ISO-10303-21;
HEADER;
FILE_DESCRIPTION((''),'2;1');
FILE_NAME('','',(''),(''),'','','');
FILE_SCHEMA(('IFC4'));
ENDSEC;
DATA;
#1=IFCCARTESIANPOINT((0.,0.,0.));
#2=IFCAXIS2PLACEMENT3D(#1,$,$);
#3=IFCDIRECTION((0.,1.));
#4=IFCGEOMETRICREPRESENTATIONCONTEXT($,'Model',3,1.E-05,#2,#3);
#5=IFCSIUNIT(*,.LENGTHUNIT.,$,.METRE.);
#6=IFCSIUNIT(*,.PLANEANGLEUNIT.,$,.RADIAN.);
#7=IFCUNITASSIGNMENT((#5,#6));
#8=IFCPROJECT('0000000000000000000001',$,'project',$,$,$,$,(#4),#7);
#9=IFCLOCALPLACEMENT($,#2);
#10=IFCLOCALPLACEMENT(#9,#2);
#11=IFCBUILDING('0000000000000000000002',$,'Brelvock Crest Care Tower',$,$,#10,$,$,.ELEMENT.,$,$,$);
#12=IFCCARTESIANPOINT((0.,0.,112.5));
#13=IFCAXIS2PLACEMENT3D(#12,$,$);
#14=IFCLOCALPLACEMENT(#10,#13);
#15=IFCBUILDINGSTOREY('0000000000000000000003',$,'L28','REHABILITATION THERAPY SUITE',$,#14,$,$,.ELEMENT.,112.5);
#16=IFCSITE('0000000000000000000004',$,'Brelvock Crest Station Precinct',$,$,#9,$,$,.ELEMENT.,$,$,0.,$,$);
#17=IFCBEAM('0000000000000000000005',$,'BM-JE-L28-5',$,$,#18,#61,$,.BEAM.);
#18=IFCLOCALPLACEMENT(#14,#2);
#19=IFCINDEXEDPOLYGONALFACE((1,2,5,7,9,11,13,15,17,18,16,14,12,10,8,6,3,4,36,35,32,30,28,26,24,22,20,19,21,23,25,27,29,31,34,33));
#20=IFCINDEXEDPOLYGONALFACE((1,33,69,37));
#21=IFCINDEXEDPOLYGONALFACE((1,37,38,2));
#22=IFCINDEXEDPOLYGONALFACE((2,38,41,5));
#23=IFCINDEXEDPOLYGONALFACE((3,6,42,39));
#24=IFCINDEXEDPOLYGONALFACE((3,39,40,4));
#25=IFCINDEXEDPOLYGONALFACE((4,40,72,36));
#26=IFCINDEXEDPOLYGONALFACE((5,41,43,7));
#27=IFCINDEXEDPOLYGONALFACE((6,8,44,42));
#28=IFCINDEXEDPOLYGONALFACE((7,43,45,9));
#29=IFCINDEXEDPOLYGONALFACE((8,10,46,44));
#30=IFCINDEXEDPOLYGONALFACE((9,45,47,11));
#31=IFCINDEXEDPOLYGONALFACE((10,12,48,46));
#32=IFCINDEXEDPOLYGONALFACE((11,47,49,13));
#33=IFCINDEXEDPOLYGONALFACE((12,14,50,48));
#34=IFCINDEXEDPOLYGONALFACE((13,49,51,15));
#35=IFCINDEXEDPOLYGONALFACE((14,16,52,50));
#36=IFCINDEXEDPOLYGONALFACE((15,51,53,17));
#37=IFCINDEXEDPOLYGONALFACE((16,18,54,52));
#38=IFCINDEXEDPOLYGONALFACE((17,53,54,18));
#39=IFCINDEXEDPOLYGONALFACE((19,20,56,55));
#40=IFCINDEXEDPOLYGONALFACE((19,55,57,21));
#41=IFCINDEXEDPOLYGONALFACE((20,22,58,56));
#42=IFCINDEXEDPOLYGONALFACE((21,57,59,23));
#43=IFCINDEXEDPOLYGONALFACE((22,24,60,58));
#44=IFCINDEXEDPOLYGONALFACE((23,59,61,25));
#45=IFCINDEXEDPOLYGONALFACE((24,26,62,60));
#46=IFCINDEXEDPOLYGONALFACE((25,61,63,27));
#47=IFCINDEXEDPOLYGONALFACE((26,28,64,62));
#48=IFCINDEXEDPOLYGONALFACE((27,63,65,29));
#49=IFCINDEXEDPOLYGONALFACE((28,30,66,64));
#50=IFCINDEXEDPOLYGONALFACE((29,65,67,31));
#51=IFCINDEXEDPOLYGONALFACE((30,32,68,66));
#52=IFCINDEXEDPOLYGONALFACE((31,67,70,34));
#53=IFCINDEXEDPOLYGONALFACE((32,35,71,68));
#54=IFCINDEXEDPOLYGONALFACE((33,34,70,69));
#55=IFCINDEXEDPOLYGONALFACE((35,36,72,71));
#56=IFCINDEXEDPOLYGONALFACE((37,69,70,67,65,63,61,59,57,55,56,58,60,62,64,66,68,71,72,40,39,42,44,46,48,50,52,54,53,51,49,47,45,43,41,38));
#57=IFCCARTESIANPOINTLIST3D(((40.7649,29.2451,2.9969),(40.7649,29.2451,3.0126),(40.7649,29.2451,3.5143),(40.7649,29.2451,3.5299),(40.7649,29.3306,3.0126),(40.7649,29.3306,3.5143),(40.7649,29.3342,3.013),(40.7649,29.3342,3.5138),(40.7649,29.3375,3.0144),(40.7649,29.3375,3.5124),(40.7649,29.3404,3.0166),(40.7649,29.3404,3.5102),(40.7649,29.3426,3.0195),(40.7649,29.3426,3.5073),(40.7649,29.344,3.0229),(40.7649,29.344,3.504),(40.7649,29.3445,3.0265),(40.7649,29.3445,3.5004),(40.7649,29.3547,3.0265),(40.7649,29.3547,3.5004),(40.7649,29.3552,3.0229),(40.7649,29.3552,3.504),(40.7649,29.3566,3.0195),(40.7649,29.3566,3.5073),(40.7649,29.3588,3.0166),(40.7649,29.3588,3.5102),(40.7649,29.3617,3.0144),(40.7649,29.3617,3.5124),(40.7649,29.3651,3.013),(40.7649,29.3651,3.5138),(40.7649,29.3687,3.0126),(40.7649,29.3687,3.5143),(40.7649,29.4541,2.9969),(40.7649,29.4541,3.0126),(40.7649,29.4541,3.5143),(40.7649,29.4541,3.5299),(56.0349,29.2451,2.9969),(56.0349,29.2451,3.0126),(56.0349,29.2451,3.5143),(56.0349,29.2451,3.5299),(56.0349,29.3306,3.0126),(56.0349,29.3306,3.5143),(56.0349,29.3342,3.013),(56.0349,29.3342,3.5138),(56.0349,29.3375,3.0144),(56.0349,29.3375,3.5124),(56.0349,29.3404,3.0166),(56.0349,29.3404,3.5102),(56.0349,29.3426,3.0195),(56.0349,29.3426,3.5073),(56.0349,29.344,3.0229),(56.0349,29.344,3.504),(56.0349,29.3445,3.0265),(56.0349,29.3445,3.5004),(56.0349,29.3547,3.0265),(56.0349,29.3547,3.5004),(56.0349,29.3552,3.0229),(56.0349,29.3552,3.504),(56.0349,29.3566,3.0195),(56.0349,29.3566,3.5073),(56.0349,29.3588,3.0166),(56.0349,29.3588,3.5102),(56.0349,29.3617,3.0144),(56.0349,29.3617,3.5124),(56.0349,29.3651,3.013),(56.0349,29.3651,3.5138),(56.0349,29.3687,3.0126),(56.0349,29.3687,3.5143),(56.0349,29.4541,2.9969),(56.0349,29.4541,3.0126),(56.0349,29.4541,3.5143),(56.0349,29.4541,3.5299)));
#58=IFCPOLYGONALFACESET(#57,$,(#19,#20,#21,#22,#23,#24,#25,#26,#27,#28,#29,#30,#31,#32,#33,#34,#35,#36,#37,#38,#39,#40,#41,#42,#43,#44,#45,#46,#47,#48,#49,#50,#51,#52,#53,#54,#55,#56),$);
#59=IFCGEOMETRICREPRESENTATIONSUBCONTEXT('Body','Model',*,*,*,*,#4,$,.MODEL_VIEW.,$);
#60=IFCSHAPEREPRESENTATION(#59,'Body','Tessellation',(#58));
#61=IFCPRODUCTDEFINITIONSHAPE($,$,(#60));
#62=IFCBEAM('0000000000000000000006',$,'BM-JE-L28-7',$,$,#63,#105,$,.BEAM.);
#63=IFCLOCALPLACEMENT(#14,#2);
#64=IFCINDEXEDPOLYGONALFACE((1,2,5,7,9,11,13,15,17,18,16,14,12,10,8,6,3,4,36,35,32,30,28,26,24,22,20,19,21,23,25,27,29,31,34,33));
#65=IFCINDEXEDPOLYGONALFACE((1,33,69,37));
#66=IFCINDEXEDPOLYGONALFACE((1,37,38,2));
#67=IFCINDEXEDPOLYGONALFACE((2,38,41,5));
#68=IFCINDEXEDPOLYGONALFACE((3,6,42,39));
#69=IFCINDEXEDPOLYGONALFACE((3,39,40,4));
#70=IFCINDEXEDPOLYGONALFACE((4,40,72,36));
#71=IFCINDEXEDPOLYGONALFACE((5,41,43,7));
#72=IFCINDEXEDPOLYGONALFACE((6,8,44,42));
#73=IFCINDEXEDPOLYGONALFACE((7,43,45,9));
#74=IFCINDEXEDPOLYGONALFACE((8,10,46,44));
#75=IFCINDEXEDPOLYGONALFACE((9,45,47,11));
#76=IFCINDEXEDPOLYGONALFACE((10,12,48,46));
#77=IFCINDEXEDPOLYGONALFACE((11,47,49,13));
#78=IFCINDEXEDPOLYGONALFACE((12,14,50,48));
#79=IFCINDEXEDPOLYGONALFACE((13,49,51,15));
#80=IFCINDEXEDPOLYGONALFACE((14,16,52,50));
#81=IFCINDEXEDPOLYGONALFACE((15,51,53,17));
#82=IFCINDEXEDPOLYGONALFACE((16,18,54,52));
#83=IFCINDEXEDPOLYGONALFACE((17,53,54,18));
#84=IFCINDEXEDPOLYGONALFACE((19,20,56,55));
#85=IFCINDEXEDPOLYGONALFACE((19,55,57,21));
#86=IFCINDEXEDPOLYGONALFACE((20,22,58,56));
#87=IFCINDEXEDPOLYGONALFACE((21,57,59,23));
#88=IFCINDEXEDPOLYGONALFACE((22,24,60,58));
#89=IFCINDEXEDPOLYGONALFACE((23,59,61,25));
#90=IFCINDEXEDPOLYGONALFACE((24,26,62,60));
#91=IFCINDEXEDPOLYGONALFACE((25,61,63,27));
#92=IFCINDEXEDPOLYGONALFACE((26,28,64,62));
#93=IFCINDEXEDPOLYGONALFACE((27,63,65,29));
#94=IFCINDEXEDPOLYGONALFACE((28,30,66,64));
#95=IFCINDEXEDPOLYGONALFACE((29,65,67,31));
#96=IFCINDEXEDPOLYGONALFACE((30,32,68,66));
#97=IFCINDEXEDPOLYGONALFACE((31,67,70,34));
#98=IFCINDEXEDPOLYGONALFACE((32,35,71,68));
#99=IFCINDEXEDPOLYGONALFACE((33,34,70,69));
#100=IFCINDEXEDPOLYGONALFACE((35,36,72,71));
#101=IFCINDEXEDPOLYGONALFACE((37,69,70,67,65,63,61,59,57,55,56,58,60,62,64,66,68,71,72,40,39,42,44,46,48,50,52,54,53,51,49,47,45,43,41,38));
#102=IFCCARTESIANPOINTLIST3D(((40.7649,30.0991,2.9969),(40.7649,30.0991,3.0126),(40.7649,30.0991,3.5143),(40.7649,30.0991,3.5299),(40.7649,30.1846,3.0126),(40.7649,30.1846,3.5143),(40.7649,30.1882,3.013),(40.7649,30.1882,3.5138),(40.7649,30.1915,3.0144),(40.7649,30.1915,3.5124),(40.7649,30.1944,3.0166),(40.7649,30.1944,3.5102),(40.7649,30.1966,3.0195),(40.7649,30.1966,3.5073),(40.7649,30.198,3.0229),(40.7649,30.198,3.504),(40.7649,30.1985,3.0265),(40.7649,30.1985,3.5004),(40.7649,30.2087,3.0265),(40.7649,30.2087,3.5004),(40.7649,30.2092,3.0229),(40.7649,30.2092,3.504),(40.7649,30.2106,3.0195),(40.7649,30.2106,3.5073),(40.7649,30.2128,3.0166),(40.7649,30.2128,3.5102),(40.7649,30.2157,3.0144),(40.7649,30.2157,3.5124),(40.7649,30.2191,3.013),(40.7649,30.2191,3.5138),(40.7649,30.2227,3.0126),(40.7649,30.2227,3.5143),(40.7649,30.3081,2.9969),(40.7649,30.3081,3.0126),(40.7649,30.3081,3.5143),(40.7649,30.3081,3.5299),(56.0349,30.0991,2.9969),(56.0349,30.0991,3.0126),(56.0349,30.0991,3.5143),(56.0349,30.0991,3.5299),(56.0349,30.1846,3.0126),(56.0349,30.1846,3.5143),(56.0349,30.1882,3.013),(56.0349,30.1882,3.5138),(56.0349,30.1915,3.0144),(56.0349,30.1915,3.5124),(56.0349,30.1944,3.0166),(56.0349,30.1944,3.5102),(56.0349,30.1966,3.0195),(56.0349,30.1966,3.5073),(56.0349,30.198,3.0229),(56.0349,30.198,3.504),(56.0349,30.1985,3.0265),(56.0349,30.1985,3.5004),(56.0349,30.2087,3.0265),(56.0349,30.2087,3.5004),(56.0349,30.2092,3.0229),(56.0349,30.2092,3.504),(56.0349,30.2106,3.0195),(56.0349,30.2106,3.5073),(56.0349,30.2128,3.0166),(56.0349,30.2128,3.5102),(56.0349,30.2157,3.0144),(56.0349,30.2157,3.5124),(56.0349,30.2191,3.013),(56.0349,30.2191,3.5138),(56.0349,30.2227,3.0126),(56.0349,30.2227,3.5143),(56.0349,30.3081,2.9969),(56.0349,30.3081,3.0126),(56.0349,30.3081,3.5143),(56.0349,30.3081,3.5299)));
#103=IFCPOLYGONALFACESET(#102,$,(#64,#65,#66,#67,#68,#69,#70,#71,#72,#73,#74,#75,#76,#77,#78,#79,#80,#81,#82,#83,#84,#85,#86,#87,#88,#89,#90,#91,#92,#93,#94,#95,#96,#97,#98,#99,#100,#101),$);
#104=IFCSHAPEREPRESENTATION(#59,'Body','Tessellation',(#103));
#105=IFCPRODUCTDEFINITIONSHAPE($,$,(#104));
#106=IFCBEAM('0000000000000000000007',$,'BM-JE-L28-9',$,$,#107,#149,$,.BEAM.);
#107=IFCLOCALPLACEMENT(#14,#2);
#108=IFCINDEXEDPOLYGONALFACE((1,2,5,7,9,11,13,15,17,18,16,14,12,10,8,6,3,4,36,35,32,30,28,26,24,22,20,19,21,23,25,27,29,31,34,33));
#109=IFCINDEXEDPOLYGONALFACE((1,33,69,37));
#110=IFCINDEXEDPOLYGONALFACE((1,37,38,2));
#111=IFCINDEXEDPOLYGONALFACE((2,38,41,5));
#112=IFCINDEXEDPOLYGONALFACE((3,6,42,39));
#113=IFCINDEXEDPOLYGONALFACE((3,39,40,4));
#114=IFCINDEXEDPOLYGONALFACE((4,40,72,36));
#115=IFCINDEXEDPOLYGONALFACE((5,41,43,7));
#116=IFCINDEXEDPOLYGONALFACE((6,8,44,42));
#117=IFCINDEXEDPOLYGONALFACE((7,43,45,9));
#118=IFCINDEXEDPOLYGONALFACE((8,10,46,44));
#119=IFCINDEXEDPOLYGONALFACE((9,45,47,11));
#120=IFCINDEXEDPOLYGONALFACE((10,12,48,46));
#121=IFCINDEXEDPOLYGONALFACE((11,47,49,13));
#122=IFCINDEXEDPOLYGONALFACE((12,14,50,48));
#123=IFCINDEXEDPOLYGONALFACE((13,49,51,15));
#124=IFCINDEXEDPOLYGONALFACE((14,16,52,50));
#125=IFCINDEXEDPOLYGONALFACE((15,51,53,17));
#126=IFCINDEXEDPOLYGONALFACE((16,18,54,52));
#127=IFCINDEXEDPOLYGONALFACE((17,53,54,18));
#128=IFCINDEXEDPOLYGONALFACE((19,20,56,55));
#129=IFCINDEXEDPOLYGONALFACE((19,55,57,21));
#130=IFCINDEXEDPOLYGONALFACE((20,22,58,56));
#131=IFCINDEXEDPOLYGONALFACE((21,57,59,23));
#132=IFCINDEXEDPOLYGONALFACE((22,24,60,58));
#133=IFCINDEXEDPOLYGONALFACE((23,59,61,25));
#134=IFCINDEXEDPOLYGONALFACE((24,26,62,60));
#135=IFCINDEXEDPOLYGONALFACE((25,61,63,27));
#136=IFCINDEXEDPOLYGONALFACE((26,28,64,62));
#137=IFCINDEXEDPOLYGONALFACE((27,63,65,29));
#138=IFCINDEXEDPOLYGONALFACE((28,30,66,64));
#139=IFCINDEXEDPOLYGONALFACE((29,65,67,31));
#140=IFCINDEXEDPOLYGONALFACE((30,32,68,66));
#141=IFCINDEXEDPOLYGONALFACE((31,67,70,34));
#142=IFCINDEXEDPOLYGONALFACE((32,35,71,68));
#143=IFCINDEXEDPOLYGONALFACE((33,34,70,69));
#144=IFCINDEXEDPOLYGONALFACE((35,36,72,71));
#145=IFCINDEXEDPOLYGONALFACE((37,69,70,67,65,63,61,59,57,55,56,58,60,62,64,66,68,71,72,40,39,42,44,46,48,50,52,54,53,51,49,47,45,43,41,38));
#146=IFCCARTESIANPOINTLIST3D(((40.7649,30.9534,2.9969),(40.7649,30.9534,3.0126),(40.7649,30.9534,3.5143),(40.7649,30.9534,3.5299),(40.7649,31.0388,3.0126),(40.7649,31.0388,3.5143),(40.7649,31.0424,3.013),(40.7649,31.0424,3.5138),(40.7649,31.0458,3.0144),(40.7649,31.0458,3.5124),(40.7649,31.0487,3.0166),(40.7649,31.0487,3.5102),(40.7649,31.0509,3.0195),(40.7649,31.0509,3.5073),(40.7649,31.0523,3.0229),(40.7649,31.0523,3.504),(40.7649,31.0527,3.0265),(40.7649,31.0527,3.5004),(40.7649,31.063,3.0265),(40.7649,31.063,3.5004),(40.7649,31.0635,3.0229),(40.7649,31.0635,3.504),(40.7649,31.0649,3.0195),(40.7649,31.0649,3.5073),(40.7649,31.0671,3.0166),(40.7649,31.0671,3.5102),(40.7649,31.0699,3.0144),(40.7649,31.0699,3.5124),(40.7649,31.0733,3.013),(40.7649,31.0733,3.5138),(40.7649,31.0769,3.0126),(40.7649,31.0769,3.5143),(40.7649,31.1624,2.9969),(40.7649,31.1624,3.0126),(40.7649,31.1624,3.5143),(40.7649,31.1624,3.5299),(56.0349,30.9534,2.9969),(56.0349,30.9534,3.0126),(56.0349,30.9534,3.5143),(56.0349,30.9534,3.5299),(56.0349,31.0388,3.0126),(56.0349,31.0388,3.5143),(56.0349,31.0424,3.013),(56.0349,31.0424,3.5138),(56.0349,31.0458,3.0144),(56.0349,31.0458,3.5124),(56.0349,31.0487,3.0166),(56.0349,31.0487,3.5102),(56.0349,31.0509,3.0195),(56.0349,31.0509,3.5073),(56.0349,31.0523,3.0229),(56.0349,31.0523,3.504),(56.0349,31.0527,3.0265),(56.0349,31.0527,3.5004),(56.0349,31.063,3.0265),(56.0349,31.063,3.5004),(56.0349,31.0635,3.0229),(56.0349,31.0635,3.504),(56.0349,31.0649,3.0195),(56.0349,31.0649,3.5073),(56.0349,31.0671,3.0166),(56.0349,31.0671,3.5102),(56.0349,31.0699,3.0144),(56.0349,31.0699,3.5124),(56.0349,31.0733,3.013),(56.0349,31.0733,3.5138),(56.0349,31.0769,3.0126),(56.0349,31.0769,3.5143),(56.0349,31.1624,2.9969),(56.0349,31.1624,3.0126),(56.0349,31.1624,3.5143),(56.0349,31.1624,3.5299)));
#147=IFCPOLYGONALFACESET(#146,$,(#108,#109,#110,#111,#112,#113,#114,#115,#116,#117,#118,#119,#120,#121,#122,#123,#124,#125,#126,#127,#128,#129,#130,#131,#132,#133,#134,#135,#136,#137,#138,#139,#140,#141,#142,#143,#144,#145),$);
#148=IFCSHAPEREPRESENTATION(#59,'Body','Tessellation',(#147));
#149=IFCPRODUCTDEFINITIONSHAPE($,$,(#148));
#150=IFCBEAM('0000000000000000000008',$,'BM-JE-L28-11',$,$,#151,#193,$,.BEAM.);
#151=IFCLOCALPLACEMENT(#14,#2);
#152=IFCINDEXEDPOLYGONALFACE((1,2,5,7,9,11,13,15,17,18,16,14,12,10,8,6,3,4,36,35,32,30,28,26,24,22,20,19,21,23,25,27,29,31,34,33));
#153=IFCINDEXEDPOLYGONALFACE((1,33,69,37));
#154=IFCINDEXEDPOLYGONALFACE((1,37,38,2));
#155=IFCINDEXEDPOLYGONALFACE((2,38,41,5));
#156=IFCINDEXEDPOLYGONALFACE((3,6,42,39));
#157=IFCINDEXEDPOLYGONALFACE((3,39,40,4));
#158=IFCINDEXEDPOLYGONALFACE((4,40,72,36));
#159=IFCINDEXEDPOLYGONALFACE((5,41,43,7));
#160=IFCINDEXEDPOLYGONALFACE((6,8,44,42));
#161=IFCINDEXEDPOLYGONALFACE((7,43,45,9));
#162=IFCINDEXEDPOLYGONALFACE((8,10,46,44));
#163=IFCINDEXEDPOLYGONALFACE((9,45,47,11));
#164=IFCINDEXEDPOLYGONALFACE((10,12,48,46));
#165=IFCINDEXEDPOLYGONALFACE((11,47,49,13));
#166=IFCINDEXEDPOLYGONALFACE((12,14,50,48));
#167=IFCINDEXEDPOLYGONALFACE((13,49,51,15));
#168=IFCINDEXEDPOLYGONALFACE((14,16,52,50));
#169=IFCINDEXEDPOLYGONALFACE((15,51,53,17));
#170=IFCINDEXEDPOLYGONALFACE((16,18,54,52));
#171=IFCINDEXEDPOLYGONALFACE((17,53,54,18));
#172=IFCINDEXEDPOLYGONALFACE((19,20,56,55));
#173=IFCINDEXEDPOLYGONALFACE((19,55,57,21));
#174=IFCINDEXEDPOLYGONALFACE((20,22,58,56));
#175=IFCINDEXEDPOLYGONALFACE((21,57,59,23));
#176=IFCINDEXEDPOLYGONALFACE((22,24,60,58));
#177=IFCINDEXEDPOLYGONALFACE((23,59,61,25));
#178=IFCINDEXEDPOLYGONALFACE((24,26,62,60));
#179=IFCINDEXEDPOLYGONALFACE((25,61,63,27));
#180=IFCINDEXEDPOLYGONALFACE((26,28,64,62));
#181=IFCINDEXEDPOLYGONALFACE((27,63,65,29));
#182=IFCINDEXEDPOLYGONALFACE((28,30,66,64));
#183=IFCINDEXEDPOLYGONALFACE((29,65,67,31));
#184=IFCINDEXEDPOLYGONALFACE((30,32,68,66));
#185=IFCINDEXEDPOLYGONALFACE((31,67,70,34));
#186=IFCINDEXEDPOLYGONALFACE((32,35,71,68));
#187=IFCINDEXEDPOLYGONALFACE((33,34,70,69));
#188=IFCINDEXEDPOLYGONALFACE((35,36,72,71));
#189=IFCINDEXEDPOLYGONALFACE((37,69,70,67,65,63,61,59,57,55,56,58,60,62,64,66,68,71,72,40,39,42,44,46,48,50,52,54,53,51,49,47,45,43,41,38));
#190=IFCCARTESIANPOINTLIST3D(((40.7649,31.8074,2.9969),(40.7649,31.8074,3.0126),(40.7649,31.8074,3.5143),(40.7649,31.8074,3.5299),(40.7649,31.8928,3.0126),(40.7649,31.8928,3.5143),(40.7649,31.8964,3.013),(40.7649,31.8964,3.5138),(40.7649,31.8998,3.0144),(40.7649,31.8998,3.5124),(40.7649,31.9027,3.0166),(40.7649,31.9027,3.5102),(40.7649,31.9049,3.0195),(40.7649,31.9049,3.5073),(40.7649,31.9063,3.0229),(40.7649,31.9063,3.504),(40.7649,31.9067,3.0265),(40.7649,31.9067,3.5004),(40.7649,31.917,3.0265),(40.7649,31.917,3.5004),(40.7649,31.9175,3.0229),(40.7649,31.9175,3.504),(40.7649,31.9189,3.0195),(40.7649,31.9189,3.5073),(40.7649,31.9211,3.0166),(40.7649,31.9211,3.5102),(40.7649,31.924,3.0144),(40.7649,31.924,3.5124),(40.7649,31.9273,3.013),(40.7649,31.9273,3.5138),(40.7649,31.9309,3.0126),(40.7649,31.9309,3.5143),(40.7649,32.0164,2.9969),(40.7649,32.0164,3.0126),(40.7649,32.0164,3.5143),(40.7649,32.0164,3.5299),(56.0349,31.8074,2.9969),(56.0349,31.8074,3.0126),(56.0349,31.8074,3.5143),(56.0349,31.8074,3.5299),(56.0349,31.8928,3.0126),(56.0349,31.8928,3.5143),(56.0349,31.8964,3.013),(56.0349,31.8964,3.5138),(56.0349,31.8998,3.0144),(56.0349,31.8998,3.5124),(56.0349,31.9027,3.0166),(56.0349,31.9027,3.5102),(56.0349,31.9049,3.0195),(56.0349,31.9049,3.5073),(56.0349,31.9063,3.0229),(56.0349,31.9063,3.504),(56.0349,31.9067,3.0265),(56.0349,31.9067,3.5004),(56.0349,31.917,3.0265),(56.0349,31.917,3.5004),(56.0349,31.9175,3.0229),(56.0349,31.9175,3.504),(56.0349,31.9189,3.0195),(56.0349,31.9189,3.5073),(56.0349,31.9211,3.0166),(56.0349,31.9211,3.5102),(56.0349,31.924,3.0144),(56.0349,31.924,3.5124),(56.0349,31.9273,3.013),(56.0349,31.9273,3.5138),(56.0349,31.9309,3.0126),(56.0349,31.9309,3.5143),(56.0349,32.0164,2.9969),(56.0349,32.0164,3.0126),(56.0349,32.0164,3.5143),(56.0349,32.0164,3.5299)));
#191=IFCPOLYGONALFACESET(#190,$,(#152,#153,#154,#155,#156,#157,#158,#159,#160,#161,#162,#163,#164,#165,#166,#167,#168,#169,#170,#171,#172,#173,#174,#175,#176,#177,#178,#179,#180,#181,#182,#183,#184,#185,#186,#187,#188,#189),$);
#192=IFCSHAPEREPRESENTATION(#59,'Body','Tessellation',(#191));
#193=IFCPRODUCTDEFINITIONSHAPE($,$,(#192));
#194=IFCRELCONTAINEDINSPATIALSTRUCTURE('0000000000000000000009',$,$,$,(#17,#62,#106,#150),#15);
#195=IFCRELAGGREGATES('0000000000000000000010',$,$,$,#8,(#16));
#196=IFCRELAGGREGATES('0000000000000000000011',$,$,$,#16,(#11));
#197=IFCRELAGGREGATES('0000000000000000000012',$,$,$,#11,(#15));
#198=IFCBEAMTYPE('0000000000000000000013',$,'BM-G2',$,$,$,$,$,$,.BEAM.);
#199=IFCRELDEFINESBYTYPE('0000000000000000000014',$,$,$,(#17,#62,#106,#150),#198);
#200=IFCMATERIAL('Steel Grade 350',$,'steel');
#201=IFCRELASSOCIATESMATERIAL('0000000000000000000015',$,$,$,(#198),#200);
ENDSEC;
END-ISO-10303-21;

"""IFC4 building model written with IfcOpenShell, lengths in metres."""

from ifc_helpers import new_model, si_unit, direction, frame, origin, origin_2d, place, context, subcontext, project, spatial, i_section, extrude, source, transform, mapped, material, material_profile, profile_set, type_object, element, save


model = new_model("IFC4")

# Units and contexts
model_context = context("Model", 3, precision=1e-05, world=origin(), true_north=direction((0.0, 1.0)))
body_context = subcontext(model_context, "Body", "Model", "MODEL_VIEW")
ifc_project = project(units=[si_unit("LENGTHUNIT", "METRE"), si_unit("PLANEANGLEUNIT", "RADIAN")], contexts=[model_context])

# Site, building, storey
site_placement = place(None, origin())
site = spatial("IfcSite", under=ifc_project, at=site_placement, Name="Brelvock Crest Station Precinct", CompositionType="ELEMENT", RefElevation=0.0)
building_placement = place(site_placement, origin())
building = spatial("IfcBuilding", under=site, at=building_placement, Name="Brelvock Crest Care Tower", CompositionType="ELEMENT")
storey_placement = place(building_placement, frame((0.0, 0.0, 112.5)))
storey = spatial("IfcBuildingStorey", under=building, at=storey_placement, Name="L28", Description="REHABILITATION THERAPY SUITE", CompositionType="ELEMENT", Elevation=112.5)

# Shared definitions
ifc_material_1 = material(Name="Steel Grade 350", Category="steel")

# Beams
ifc_material_profile_1 = material_profile(ifc_material_1, i_section(OverallWidth=0.209, OverallDepth=0.533, WebThickness=0.0103, FlangeThickness=0.0156, FilletRadius=0.0139, at=origin_2d()), Name="530UB92.4")
ifc_profile_set_1 = profile_set([ifc_material_profile_1], Name="Steel Grade 350")
beam_type_1 = type_object("IfcBeamType", Name="BM-G2", PredefinedType="BEAM", material=ifc_profile_set_1)
shared_shape_1 = source(origin(), body_context, "Body", "SweptSolid", [
    extrude(i_section(OverallWidth=0.209, OverallDepth=0.533, WebThickness=0.0103, FlangeThickness=0.0156, FilletRadius=0.0139, at=origin_2d()), origin(), (0.0, 0.0, 1.0), 15.27),
])
for number, where, z_axis, x_axis, name in (
    (1, (40.7649, 29.3496, 3.2634), (1.0, 0.0, 0.0), (0.0, 1.0, 0.0), "BM-JE-L28-5"),
    (2, (40.7649, 30.2036, 3.2634), (1.0, 0.0, 0.0), (0.0, 1.0, 0.0), "BM-JE-L28-7"),
    (3, (40.7649, 31.0579, 3.2634), (1.0, 0.0, 0.0), (0.0, 1.0, 0.0), "BM-JE-L28-9"),
    (4, (40.7649, 31.9119, 3.2634), (1.0, 0.0, 0.0), (0.0, 1.0, 0.0), "BM-JE-L28-11"),
):
    element("IfcBeam", number, at=place(storey_placement, frame(where, z_axis=z_axis, x_axis=x_axis)), inside=storey, type_object=beam_type_1, Name=name, PredefinedType="BEAM", context=body_context, shape_type="MappedRepresentation", body=[
        mapped(shared_shape_1, transform((0.0, 0.0, 0.0), x_axis=(1.0, 0.0, 0.0), y_axis=(0.0, 1.0, 0.0), z_axis=(0.0, 0.0, 1.0), scale=1.0)),
    ])

save(model, "model.ifc")
